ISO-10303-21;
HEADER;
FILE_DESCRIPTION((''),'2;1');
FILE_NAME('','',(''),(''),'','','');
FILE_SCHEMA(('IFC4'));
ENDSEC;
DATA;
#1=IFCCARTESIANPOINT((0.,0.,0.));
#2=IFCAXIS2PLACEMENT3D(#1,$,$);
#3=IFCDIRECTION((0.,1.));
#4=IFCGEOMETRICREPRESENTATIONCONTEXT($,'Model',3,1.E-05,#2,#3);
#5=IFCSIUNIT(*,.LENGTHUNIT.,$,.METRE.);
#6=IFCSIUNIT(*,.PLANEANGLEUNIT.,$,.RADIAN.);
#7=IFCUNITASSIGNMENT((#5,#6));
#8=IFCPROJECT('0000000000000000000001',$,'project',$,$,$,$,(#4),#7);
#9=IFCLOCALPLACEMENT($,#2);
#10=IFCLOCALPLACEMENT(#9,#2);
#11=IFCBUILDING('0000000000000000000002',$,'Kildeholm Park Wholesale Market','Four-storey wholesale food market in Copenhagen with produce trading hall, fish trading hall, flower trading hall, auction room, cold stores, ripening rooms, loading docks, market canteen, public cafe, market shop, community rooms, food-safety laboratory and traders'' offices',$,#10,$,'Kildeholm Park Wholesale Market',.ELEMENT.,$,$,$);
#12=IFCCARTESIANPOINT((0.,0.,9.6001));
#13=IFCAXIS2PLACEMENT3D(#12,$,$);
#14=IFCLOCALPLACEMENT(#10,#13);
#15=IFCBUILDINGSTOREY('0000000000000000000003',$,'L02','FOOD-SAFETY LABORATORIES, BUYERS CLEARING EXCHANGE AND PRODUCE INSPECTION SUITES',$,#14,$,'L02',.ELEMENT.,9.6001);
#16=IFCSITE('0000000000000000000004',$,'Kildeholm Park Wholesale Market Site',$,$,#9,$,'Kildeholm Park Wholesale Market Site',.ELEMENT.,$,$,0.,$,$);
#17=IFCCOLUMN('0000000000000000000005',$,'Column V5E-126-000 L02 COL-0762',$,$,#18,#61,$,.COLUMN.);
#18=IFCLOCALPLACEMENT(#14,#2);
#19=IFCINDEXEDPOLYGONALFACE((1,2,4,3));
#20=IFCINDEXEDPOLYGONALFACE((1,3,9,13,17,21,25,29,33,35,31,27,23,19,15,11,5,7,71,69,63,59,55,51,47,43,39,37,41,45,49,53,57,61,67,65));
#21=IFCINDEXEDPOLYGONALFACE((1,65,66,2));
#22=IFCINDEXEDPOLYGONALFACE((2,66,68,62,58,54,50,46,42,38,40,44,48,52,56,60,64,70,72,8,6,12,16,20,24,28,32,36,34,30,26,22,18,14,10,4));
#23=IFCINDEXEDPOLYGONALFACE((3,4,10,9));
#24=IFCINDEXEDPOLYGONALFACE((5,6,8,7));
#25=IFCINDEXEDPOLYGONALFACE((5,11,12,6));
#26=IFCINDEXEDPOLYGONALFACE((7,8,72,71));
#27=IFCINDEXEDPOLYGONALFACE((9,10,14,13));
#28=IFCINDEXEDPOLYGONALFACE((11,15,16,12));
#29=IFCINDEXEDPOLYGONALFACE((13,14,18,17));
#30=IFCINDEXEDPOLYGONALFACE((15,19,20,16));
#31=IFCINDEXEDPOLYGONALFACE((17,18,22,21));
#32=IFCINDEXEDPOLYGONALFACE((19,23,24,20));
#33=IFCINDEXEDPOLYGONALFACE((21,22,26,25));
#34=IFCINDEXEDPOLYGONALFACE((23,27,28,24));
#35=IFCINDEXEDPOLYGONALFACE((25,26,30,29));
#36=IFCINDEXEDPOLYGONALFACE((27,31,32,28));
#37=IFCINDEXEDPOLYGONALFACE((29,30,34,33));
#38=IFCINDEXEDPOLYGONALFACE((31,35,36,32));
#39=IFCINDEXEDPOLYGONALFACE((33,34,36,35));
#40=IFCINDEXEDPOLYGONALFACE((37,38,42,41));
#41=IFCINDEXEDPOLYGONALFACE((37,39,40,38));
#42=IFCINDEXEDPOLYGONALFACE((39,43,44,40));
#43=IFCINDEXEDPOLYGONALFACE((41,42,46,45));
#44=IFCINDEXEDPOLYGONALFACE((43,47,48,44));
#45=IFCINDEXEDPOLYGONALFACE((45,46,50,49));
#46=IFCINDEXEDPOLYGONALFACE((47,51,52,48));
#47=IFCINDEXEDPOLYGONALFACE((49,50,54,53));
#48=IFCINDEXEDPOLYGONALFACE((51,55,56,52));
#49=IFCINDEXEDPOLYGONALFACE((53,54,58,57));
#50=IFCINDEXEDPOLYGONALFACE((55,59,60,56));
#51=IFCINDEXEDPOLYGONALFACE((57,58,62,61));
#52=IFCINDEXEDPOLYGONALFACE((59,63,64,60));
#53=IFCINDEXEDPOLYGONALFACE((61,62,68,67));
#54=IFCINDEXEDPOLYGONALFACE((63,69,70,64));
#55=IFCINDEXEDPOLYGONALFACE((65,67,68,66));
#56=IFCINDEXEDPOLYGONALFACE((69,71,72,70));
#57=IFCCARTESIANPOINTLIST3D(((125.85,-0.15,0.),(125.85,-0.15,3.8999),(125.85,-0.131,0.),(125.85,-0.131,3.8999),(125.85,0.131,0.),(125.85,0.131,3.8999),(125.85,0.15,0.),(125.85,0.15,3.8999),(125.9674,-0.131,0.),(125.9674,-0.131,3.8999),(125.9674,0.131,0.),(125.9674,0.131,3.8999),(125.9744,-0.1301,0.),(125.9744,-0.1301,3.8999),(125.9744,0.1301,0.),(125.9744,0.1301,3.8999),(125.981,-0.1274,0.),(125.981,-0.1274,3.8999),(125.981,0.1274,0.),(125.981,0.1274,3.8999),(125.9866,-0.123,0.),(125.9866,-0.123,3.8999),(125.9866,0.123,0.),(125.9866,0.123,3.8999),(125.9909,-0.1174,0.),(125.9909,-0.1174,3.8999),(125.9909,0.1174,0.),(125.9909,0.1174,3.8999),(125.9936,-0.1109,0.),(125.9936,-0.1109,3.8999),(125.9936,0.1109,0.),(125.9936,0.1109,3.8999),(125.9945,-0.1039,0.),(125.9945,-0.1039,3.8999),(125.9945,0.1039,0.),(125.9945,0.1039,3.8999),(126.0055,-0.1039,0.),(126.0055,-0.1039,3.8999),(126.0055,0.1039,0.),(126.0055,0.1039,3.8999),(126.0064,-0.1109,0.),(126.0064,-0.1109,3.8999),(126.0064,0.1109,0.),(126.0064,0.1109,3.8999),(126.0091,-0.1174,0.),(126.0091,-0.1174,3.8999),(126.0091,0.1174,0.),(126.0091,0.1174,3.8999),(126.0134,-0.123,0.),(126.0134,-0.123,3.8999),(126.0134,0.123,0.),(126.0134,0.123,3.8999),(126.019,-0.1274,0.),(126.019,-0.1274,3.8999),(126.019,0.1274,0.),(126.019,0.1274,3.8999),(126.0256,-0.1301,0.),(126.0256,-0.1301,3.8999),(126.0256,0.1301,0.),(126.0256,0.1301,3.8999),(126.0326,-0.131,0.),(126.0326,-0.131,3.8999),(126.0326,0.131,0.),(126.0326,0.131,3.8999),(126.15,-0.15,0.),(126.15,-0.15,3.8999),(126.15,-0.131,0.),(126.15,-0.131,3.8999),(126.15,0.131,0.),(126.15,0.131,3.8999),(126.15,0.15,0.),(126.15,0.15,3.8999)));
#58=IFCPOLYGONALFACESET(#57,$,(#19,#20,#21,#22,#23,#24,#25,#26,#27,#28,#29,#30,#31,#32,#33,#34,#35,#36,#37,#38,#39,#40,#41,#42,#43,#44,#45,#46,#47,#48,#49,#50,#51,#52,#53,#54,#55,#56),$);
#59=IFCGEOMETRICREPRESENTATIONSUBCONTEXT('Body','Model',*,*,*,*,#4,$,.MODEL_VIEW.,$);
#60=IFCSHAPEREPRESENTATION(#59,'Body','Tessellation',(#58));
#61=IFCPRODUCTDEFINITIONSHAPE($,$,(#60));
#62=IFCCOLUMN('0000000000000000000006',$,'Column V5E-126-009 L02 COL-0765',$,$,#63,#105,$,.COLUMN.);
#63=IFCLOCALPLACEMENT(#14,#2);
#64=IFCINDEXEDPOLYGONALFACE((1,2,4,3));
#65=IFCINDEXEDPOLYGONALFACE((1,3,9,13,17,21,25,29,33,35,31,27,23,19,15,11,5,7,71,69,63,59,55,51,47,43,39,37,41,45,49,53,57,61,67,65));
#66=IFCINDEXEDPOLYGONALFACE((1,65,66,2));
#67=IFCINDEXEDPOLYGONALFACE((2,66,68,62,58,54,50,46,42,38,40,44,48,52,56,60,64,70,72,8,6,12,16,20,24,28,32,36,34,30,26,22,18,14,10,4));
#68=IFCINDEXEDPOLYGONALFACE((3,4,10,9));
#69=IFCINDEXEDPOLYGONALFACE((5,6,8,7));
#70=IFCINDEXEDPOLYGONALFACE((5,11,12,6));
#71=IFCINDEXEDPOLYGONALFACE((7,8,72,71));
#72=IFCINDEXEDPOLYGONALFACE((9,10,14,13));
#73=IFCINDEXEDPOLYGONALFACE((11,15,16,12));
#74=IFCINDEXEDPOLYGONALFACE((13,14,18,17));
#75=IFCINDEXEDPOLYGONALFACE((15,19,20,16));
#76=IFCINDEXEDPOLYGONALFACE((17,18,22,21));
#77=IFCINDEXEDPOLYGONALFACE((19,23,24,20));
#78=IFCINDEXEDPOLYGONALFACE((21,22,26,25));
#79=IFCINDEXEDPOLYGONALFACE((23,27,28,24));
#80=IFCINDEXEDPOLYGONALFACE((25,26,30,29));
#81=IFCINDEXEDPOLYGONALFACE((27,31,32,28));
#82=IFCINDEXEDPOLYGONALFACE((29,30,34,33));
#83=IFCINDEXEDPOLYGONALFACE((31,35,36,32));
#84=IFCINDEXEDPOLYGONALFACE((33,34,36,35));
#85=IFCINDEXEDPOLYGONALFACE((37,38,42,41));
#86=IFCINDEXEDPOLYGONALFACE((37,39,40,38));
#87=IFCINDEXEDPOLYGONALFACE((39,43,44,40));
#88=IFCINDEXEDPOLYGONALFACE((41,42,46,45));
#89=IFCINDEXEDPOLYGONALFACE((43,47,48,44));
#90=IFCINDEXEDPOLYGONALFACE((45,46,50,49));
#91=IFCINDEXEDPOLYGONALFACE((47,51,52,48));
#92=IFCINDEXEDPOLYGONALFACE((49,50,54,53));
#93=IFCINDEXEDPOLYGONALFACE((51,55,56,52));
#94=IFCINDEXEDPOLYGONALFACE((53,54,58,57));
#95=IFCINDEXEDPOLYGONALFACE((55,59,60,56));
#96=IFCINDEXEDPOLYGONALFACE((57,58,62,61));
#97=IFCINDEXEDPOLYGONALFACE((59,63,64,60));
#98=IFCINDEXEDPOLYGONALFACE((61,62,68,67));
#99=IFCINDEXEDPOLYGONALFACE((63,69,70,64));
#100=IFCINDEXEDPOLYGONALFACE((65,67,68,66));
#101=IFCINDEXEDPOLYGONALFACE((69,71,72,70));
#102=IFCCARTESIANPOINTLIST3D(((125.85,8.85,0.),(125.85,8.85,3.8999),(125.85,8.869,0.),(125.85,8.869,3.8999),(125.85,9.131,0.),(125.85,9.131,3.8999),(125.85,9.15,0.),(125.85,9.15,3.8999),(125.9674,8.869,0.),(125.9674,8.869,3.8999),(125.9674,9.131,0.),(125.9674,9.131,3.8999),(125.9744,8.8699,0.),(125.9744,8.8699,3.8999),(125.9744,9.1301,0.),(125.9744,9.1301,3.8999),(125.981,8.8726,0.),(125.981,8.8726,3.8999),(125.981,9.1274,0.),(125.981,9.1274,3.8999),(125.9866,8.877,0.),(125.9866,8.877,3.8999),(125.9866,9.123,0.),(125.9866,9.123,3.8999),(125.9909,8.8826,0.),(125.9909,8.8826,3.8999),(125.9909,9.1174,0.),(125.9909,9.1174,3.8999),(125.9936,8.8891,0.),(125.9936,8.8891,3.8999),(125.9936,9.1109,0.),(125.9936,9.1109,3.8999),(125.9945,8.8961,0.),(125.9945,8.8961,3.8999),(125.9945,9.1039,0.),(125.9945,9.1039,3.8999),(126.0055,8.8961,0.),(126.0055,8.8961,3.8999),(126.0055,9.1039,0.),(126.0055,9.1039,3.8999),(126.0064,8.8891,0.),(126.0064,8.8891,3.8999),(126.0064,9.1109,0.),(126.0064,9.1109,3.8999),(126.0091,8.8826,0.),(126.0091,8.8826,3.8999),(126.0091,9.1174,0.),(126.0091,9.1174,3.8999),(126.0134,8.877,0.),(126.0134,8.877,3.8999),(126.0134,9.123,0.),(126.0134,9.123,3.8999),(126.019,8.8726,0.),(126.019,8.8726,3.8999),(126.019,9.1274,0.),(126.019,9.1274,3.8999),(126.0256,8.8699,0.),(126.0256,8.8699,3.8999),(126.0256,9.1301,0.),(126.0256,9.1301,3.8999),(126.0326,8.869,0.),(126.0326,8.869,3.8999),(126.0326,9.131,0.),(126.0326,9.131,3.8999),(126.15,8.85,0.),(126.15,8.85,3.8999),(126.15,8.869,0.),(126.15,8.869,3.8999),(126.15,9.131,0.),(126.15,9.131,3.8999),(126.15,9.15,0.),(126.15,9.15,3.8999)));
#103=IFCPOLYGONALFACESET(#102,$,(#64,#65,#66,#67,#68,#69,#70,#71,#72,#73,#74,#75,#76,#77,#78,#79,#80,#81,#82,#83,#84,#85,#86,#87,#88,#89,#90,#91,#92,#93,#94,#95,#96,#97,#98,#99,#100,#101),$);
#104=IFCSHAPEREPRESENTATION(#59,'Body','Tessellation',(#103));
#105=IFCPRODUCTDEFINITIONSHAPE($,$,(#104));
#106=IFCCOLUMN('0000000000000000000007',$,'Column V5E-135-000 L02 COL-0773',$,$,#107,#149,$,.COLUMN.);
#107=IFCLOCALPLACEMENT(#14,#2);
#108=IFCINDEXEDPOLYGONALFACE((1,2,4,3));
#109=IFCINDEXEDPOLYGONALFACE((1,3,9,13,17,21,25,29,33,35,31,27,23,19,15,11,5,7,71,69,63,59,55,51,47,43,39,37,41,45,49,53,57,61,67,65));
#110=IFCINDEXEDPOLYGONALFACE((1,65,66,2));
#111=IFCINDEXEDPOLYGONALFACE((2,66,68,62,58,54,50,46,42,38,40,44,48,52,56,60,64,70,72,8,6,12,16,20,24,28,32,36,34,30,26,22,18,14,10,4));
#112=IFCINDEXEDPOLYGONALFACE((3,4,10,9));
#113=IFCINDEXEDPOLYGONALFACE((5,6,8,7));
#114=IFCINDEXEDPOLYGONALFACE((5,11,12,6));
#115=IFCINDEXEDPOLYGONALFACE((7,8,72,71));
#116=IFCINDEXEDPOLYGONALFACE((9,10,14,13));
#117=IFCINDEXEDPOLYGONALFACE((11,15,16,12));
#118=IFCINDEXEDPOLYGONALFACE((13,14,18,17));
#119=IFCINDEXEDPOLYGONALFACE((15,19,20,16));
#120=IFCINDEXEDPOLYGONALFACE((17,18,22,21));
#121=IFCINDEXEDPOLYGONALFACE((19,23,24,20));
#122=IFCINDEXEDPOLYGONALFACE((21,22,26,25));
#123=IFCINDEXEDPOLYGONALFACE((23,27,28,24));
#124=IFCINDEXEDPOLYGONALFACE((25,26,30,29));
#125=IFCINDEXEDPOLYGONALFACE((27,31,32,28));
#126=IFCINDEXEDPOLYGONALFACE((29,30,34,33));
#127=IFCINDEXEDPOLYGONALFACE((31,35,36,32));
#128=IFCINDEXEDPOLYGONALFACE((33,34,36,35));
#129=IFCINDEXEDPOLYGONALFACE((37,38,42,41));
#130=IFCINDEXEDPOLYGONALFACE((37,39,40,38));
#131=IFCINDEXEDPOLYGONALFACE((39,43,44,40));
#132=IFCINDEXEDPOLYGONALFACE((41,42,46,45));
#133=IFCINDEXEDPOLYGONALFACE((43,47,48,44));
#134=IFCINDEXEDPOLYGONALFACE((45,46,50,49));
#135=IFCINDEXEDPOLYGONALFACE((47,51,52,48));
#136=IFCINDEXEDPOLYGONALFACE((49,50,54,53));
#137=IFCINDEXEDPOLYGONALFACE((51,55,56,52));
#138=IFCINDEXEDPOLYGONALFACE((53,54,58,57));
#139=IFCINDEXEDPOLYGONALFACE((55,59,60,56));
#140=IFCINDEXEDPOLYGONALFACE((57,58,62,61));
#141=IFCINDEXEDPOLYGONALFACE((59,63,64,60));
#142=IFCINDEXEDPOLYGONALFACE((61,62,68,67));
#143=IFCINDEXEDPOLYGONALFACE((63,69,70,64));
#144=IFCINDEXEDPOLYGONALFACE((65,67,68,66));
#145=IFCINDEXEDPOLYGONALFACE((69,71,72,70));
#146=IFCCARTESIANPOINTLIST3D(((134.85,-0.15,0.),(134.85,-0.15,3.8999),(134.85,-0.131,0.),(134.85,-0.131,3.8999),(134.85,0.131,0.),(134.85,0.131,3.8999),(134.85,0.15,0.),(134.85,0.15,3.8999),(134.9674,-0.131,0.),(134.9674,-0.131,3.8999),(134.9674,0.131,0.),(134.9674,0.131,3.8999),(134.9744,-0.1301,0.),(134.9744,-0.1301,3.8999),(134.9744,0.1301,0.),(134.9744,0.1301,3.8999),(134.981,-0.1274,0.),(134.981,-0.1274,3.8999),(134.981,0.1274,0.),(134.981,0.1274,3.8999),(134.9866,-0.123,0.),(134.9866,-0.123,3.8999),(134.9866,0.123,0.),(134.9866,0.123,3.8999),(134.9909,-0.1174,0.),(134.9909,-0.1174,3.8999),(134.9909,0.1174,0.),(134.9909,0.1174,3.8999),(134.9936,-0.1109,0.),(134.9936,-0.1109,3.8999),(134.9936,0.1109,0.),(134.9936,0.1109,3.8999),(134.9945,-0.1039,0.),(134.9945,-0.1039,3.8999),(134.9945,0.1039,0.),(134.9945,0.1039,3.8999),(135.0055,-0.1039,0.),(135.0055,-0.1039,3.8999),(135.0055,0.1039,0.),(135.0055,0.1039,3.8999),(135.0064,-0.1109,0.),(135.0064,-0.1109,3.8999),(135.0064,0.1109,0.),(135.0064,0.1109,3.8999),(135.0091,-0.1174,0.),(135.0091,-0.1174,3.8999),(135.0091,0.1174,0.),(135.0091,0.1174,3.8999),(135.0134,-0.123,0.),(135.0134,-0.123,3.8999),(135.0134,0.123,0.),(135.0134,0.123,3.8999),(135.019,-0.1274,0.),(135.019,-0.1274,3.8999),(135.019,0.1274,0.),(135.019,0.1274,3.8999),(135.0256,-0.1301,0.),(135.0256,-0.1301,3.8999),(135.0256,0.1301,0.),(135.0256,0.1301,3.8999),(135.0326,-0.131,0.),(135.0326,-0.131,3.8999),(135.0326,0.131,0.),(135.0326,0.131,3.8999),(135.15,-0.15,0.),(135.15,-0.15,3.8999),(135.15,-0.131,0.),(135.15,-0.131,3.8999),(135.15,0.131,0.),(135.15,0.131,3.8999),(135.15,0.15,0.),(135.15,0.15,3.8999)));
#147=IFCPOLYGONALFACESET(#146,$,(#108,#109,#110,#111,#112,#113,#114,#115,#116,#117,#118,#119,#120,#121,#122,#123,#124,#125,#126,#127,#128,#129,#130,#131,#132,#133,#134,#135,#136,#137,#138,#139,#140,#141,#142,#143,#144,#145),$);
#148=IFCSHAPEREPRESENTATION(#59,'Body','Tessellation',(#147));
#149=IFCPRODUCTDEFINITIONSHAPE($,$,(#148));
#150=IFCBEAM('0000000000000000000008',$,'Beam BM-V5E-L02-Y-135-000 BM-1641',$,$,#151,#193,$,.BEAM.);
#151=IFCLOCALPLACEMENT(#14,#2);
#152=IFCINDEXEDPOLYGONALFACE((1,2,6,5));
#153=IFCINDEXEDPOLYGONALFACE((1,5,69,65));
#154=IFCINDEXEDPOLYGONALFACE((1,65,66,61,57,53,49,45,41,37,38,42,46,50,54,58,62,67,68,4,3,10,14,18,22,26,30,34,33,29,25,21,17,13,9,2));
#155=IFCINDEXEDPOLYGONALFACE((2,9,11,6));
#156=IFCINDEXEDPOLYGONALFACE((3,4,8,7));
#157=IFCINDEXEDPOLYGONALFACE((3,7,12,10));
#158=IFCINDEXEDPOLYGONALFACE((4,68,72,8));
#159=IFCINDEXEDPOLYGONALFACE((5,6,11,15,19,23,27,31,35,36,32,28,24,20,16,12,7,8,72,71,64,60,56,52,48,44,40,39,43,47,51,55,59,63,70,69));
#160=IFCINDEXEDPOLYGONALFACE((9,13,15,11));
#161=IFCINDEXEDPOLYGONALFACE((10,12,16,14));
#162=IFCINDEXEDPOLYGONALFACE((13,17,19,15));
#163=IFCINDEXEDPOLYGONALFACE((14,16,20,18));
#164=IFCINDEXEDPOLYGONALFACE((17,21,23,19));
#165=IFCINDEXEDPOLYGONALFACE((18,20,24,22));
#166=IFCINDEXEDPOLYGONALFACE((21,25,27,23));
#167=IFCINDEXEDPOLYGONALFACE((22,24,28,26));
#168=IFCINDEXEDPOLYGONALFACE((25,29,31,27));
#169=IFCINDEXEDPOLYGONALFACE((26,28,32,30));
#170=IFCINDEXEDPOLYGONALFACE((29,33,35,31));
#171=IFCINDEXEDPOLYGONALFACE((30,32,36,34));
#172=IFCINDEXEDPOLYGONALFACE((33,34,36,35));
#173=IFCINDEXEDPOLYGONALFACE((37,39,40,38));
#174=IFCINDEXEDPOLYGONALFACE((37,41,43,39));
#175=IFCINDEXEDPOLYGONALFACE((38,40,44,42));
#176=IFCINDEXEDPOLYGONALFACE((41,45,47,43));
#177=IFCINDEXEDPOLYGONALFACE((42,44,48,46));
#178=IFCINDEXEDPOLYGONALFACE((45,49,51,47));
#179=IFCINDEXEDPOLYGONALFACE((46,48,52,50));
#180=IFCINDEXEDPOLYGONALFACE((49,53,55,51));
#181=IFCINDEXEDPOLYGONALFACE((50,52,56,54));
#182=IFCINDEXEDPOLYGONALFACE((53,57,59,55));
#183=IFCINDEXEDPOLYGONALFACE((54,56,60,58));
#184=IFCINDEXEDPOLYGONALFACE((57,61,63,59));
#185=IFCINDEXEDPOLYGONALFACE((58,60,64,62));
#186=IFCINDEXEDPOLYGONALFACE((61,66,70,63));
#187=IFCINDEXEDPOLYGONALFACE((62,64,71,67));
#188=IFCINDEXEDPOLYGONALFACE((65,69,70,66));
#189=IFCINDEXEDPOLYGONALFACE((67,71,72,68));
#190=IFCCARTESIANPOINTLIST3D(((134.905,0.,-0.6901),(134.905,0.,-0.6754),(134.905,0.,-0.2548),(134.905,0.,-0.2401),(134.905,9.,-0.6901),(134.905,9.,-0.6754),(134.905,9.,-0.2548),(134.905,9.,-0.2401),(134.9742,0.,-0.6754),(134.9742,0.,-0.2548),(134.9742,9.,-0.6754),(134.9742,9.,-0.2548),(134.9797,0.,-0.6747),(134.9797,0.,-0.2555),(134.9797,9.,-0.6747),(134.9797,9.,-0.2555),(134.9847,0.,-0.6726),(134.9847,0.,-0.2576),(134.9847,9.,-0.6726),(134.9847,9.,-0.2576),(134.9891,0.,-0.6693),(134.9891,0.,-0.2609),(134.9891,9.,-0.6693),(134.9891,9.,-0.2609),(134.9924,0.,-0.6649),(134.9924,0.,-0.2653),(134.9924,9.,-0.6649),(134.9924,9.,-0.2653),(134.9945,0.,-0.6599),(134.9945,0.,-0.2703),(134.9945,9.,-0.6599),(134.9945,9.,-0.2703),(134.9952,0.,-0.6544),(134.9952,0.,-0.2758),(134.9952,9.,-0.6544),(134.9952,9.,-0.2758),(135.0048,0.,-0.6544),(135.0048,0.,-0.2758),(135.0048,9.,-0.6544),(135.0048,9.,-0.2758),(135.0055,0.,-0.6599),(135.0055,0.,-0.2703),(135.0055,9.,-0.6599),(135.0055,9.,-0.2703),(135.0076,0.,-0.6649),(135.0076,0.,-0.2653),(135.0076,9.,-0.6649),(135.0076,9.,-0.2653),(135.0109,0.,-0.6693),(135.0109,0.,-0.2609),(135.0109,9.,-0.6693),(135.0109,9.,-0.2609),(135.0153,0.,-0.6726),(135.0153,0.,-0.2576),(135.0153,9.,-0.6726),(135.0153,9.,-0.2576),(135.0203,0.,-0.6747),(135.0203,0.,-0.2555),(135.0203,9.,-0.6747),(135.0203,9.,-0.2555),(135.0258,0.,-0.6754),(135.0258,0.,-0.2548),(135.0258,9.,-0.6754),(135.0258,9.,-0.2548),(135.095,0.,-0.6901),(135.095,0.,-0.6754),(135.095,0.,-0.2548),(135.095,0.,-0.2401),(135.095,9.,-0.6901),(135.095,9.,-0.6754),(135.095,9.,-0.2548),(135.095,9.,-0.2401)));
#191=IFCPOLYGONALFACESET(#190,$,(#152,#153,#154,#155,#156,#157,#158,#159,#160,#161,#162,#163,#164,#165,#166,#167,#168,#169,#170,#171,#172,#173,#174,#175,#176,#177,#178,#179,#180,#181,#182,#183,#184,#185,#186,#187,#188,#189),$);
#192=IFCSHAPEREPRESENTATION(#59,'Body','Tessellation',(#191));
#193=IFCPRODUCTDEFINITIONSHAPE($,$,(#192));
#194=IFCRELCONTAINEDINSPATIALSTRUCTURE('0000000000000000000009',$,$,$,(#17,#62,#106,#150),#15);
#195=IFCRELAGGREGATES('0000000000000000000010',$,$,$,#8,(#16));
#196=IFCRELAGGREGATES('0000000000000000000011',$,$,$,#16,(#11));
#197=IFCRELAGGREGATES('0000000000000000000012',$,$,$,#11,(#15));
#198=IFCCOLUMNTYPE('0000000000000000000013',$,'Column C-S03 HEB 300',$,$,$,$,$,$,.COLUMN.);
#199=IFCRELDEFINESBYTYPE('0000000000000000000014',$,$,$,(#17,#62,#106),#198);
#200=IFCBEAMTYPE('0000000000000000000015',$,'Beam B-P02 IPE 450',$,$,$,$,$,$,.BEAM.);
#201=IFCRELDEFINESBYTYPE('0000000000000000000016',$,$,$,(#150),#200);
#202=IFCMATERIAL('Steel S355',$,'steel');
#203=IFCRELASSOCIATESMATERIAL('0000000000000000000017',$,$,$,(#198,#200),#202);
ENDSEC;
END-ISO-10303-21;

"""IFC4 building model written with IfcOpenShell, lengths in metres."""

from ifc_helpers import new_model, si_unit, direction, frame, origin, origin_2d, place, context, subcontext, project, spatial, i_section, extrude, material, material_profile, profile_set, type_object, element, save


model = new_model("IFC4")

# Units and contexts
model_context = context("Model", 3, precision=1e-05, world=origin(), true_north=direction((0.0, 1.0)))
body_context = subcontext(model_context, "Body", "Model", "MODEL_VIEW")
ifc_project = project(units=[si_unit("LENGTHUNIT", "METRE"), si_unit("PLANEANGLEUNIT", "RADIAN")], contexts=[model_context])

# Site, building, storey
site_placement = place(None, origin())
site = spatial("IfcSite", under=ifc_project, at=site_placement, Name="Kildeholm Park Wholesale Market Site", LongName="Kildeholm Park Wholesale Market Site", CompositionType="ELEMENT", RefElevation=0.0)
building_placement = place(site_placement, origin())
building = spatial("IfcBuilding", under=site, at=building_placement, Name="Kildeholm Park Wholesale Market", Description="Four-storey wholesale food market in Copenhagen with produce trading hall, fish trading hall, flower trading hall, auction room, cold stores, ripening rooms, loading docks, market canteen, public cafe, market shop, community rooms, food-safety laboratory and traders' offices", LongName="Kildeholm Park Wholesale Market", CompositionType="ELEMENT")
storey_placement = place(building_placement, frame((0.0, 0.0, 9.6001)))
storey = spatial("IfcBuildingStorey", under=building, at=storey_placement, Name="L02", Description="FOOD-SAFETY LABORATORIES, BUYERS CLEARING EXCHANGE AND PRODUCE INSPECTION SUITES", LongName="L02", CompositionType="ELEMENT", Elevation=9.6001)

# Columns
ifc_material_1 = material(Name="Steel S355", Category="steel")
ifc_material_profile_1 = material_profile(ifc_material_1, i_section(OverallWidth=0.3, OverallDepth=0.3, WebThickness=0.011, FlangeThickness=0.019, FilletRadius=0.0271, at=origin_2d()), Name="HEB 300")
ifc_profile_set_1 = profile_set([ifc_material_profile_1], Name="Steel S355")
column_type = type_object("IfcColumnType", Name="Column C-S03 HEB 300", PredefinedType="COLUMN", material=ifc_profile_set_1)
for number, where, z_axis, x_axis, name in (
    (1, (126.0, 0.0, 0.0), (0.0, 0.0, 1.0), (1.0, 0.0, 0.0), "Column V5E-126-000 L02 COL-0762"),
    (2, (126.0, 9.0, 0.0), (0.0, 0.0, 1.0), (1.0, 0.0, 0.0), "Column V5E-126-009 L02 COL-0765"),
    (3, (135.0, 0.0, 0.0), (0.0, 0.0, 1.0), (1.0, 0.0, 0.0), "Column V5E-135-000 L02 COL-0773"),
):
    element("IfcColumn", number, at=place(storey_placement, frame(where, z_axis=z_axis, x_axis=x_axis)), inside=storey, type_object=column_type, Name=name, PredefinedType="COLUMN", context=body_context, shape_type="SweptSolid", body=[
        extrude(i_section(OverallWidth=0.3, OverallDepth=0.3, WebThickness=0.011, FlangeThickness=0.019, FilletRadius=0.0271, at=origin_2d()), origin(), (0.0, 0.0, 1.0), 3.8999),
    ])

# Beam
ifc_material_profile_2 = material_profile(ifc_material_1, i_section(OverallWidth=0.1899, OverallDepth=0.45, WebThickness=0.0095, FlangeThickness=0.0146, FilletRadius=0.021, at=origin_2d()), Name="IPE 450")
ifc_profile_set_2 = profile_set([ifc_material_profile_2], Name="Steel S355")
beam_type_1 = type_object("IfcBeamType", Name="Beam B-P02 IPE 450", PredefinedType="BEAM", material=ifc_profile_set_2)
beam_1_placement = place(storey_placement, frame((135.0, 0.0, -0.4651), z_axis=(0.0, 1.0, 0.0), x_axis=(-1.0, 0.0, 0.0)))
element("IfcBeam", 4, at=beam_1_placement, inside=storey, type_object=beam_type_1, Name="Beam BM-V5E-L02-Y-135-000 BM-1641", PredefinedType="BEAM", context=body_context, shape_type="SweptSolid", body=[
    extrude(i_section(OverallWidth=0.1899, OverallDepth=0.45, WebThickness=0.0095, FlangeThickness=0.0146, FilletRadius=0.021, at=origin_2d()), origin(), (0.0, 0.0, 1.0), 9.0),
])

save(model, "model.ifc")
